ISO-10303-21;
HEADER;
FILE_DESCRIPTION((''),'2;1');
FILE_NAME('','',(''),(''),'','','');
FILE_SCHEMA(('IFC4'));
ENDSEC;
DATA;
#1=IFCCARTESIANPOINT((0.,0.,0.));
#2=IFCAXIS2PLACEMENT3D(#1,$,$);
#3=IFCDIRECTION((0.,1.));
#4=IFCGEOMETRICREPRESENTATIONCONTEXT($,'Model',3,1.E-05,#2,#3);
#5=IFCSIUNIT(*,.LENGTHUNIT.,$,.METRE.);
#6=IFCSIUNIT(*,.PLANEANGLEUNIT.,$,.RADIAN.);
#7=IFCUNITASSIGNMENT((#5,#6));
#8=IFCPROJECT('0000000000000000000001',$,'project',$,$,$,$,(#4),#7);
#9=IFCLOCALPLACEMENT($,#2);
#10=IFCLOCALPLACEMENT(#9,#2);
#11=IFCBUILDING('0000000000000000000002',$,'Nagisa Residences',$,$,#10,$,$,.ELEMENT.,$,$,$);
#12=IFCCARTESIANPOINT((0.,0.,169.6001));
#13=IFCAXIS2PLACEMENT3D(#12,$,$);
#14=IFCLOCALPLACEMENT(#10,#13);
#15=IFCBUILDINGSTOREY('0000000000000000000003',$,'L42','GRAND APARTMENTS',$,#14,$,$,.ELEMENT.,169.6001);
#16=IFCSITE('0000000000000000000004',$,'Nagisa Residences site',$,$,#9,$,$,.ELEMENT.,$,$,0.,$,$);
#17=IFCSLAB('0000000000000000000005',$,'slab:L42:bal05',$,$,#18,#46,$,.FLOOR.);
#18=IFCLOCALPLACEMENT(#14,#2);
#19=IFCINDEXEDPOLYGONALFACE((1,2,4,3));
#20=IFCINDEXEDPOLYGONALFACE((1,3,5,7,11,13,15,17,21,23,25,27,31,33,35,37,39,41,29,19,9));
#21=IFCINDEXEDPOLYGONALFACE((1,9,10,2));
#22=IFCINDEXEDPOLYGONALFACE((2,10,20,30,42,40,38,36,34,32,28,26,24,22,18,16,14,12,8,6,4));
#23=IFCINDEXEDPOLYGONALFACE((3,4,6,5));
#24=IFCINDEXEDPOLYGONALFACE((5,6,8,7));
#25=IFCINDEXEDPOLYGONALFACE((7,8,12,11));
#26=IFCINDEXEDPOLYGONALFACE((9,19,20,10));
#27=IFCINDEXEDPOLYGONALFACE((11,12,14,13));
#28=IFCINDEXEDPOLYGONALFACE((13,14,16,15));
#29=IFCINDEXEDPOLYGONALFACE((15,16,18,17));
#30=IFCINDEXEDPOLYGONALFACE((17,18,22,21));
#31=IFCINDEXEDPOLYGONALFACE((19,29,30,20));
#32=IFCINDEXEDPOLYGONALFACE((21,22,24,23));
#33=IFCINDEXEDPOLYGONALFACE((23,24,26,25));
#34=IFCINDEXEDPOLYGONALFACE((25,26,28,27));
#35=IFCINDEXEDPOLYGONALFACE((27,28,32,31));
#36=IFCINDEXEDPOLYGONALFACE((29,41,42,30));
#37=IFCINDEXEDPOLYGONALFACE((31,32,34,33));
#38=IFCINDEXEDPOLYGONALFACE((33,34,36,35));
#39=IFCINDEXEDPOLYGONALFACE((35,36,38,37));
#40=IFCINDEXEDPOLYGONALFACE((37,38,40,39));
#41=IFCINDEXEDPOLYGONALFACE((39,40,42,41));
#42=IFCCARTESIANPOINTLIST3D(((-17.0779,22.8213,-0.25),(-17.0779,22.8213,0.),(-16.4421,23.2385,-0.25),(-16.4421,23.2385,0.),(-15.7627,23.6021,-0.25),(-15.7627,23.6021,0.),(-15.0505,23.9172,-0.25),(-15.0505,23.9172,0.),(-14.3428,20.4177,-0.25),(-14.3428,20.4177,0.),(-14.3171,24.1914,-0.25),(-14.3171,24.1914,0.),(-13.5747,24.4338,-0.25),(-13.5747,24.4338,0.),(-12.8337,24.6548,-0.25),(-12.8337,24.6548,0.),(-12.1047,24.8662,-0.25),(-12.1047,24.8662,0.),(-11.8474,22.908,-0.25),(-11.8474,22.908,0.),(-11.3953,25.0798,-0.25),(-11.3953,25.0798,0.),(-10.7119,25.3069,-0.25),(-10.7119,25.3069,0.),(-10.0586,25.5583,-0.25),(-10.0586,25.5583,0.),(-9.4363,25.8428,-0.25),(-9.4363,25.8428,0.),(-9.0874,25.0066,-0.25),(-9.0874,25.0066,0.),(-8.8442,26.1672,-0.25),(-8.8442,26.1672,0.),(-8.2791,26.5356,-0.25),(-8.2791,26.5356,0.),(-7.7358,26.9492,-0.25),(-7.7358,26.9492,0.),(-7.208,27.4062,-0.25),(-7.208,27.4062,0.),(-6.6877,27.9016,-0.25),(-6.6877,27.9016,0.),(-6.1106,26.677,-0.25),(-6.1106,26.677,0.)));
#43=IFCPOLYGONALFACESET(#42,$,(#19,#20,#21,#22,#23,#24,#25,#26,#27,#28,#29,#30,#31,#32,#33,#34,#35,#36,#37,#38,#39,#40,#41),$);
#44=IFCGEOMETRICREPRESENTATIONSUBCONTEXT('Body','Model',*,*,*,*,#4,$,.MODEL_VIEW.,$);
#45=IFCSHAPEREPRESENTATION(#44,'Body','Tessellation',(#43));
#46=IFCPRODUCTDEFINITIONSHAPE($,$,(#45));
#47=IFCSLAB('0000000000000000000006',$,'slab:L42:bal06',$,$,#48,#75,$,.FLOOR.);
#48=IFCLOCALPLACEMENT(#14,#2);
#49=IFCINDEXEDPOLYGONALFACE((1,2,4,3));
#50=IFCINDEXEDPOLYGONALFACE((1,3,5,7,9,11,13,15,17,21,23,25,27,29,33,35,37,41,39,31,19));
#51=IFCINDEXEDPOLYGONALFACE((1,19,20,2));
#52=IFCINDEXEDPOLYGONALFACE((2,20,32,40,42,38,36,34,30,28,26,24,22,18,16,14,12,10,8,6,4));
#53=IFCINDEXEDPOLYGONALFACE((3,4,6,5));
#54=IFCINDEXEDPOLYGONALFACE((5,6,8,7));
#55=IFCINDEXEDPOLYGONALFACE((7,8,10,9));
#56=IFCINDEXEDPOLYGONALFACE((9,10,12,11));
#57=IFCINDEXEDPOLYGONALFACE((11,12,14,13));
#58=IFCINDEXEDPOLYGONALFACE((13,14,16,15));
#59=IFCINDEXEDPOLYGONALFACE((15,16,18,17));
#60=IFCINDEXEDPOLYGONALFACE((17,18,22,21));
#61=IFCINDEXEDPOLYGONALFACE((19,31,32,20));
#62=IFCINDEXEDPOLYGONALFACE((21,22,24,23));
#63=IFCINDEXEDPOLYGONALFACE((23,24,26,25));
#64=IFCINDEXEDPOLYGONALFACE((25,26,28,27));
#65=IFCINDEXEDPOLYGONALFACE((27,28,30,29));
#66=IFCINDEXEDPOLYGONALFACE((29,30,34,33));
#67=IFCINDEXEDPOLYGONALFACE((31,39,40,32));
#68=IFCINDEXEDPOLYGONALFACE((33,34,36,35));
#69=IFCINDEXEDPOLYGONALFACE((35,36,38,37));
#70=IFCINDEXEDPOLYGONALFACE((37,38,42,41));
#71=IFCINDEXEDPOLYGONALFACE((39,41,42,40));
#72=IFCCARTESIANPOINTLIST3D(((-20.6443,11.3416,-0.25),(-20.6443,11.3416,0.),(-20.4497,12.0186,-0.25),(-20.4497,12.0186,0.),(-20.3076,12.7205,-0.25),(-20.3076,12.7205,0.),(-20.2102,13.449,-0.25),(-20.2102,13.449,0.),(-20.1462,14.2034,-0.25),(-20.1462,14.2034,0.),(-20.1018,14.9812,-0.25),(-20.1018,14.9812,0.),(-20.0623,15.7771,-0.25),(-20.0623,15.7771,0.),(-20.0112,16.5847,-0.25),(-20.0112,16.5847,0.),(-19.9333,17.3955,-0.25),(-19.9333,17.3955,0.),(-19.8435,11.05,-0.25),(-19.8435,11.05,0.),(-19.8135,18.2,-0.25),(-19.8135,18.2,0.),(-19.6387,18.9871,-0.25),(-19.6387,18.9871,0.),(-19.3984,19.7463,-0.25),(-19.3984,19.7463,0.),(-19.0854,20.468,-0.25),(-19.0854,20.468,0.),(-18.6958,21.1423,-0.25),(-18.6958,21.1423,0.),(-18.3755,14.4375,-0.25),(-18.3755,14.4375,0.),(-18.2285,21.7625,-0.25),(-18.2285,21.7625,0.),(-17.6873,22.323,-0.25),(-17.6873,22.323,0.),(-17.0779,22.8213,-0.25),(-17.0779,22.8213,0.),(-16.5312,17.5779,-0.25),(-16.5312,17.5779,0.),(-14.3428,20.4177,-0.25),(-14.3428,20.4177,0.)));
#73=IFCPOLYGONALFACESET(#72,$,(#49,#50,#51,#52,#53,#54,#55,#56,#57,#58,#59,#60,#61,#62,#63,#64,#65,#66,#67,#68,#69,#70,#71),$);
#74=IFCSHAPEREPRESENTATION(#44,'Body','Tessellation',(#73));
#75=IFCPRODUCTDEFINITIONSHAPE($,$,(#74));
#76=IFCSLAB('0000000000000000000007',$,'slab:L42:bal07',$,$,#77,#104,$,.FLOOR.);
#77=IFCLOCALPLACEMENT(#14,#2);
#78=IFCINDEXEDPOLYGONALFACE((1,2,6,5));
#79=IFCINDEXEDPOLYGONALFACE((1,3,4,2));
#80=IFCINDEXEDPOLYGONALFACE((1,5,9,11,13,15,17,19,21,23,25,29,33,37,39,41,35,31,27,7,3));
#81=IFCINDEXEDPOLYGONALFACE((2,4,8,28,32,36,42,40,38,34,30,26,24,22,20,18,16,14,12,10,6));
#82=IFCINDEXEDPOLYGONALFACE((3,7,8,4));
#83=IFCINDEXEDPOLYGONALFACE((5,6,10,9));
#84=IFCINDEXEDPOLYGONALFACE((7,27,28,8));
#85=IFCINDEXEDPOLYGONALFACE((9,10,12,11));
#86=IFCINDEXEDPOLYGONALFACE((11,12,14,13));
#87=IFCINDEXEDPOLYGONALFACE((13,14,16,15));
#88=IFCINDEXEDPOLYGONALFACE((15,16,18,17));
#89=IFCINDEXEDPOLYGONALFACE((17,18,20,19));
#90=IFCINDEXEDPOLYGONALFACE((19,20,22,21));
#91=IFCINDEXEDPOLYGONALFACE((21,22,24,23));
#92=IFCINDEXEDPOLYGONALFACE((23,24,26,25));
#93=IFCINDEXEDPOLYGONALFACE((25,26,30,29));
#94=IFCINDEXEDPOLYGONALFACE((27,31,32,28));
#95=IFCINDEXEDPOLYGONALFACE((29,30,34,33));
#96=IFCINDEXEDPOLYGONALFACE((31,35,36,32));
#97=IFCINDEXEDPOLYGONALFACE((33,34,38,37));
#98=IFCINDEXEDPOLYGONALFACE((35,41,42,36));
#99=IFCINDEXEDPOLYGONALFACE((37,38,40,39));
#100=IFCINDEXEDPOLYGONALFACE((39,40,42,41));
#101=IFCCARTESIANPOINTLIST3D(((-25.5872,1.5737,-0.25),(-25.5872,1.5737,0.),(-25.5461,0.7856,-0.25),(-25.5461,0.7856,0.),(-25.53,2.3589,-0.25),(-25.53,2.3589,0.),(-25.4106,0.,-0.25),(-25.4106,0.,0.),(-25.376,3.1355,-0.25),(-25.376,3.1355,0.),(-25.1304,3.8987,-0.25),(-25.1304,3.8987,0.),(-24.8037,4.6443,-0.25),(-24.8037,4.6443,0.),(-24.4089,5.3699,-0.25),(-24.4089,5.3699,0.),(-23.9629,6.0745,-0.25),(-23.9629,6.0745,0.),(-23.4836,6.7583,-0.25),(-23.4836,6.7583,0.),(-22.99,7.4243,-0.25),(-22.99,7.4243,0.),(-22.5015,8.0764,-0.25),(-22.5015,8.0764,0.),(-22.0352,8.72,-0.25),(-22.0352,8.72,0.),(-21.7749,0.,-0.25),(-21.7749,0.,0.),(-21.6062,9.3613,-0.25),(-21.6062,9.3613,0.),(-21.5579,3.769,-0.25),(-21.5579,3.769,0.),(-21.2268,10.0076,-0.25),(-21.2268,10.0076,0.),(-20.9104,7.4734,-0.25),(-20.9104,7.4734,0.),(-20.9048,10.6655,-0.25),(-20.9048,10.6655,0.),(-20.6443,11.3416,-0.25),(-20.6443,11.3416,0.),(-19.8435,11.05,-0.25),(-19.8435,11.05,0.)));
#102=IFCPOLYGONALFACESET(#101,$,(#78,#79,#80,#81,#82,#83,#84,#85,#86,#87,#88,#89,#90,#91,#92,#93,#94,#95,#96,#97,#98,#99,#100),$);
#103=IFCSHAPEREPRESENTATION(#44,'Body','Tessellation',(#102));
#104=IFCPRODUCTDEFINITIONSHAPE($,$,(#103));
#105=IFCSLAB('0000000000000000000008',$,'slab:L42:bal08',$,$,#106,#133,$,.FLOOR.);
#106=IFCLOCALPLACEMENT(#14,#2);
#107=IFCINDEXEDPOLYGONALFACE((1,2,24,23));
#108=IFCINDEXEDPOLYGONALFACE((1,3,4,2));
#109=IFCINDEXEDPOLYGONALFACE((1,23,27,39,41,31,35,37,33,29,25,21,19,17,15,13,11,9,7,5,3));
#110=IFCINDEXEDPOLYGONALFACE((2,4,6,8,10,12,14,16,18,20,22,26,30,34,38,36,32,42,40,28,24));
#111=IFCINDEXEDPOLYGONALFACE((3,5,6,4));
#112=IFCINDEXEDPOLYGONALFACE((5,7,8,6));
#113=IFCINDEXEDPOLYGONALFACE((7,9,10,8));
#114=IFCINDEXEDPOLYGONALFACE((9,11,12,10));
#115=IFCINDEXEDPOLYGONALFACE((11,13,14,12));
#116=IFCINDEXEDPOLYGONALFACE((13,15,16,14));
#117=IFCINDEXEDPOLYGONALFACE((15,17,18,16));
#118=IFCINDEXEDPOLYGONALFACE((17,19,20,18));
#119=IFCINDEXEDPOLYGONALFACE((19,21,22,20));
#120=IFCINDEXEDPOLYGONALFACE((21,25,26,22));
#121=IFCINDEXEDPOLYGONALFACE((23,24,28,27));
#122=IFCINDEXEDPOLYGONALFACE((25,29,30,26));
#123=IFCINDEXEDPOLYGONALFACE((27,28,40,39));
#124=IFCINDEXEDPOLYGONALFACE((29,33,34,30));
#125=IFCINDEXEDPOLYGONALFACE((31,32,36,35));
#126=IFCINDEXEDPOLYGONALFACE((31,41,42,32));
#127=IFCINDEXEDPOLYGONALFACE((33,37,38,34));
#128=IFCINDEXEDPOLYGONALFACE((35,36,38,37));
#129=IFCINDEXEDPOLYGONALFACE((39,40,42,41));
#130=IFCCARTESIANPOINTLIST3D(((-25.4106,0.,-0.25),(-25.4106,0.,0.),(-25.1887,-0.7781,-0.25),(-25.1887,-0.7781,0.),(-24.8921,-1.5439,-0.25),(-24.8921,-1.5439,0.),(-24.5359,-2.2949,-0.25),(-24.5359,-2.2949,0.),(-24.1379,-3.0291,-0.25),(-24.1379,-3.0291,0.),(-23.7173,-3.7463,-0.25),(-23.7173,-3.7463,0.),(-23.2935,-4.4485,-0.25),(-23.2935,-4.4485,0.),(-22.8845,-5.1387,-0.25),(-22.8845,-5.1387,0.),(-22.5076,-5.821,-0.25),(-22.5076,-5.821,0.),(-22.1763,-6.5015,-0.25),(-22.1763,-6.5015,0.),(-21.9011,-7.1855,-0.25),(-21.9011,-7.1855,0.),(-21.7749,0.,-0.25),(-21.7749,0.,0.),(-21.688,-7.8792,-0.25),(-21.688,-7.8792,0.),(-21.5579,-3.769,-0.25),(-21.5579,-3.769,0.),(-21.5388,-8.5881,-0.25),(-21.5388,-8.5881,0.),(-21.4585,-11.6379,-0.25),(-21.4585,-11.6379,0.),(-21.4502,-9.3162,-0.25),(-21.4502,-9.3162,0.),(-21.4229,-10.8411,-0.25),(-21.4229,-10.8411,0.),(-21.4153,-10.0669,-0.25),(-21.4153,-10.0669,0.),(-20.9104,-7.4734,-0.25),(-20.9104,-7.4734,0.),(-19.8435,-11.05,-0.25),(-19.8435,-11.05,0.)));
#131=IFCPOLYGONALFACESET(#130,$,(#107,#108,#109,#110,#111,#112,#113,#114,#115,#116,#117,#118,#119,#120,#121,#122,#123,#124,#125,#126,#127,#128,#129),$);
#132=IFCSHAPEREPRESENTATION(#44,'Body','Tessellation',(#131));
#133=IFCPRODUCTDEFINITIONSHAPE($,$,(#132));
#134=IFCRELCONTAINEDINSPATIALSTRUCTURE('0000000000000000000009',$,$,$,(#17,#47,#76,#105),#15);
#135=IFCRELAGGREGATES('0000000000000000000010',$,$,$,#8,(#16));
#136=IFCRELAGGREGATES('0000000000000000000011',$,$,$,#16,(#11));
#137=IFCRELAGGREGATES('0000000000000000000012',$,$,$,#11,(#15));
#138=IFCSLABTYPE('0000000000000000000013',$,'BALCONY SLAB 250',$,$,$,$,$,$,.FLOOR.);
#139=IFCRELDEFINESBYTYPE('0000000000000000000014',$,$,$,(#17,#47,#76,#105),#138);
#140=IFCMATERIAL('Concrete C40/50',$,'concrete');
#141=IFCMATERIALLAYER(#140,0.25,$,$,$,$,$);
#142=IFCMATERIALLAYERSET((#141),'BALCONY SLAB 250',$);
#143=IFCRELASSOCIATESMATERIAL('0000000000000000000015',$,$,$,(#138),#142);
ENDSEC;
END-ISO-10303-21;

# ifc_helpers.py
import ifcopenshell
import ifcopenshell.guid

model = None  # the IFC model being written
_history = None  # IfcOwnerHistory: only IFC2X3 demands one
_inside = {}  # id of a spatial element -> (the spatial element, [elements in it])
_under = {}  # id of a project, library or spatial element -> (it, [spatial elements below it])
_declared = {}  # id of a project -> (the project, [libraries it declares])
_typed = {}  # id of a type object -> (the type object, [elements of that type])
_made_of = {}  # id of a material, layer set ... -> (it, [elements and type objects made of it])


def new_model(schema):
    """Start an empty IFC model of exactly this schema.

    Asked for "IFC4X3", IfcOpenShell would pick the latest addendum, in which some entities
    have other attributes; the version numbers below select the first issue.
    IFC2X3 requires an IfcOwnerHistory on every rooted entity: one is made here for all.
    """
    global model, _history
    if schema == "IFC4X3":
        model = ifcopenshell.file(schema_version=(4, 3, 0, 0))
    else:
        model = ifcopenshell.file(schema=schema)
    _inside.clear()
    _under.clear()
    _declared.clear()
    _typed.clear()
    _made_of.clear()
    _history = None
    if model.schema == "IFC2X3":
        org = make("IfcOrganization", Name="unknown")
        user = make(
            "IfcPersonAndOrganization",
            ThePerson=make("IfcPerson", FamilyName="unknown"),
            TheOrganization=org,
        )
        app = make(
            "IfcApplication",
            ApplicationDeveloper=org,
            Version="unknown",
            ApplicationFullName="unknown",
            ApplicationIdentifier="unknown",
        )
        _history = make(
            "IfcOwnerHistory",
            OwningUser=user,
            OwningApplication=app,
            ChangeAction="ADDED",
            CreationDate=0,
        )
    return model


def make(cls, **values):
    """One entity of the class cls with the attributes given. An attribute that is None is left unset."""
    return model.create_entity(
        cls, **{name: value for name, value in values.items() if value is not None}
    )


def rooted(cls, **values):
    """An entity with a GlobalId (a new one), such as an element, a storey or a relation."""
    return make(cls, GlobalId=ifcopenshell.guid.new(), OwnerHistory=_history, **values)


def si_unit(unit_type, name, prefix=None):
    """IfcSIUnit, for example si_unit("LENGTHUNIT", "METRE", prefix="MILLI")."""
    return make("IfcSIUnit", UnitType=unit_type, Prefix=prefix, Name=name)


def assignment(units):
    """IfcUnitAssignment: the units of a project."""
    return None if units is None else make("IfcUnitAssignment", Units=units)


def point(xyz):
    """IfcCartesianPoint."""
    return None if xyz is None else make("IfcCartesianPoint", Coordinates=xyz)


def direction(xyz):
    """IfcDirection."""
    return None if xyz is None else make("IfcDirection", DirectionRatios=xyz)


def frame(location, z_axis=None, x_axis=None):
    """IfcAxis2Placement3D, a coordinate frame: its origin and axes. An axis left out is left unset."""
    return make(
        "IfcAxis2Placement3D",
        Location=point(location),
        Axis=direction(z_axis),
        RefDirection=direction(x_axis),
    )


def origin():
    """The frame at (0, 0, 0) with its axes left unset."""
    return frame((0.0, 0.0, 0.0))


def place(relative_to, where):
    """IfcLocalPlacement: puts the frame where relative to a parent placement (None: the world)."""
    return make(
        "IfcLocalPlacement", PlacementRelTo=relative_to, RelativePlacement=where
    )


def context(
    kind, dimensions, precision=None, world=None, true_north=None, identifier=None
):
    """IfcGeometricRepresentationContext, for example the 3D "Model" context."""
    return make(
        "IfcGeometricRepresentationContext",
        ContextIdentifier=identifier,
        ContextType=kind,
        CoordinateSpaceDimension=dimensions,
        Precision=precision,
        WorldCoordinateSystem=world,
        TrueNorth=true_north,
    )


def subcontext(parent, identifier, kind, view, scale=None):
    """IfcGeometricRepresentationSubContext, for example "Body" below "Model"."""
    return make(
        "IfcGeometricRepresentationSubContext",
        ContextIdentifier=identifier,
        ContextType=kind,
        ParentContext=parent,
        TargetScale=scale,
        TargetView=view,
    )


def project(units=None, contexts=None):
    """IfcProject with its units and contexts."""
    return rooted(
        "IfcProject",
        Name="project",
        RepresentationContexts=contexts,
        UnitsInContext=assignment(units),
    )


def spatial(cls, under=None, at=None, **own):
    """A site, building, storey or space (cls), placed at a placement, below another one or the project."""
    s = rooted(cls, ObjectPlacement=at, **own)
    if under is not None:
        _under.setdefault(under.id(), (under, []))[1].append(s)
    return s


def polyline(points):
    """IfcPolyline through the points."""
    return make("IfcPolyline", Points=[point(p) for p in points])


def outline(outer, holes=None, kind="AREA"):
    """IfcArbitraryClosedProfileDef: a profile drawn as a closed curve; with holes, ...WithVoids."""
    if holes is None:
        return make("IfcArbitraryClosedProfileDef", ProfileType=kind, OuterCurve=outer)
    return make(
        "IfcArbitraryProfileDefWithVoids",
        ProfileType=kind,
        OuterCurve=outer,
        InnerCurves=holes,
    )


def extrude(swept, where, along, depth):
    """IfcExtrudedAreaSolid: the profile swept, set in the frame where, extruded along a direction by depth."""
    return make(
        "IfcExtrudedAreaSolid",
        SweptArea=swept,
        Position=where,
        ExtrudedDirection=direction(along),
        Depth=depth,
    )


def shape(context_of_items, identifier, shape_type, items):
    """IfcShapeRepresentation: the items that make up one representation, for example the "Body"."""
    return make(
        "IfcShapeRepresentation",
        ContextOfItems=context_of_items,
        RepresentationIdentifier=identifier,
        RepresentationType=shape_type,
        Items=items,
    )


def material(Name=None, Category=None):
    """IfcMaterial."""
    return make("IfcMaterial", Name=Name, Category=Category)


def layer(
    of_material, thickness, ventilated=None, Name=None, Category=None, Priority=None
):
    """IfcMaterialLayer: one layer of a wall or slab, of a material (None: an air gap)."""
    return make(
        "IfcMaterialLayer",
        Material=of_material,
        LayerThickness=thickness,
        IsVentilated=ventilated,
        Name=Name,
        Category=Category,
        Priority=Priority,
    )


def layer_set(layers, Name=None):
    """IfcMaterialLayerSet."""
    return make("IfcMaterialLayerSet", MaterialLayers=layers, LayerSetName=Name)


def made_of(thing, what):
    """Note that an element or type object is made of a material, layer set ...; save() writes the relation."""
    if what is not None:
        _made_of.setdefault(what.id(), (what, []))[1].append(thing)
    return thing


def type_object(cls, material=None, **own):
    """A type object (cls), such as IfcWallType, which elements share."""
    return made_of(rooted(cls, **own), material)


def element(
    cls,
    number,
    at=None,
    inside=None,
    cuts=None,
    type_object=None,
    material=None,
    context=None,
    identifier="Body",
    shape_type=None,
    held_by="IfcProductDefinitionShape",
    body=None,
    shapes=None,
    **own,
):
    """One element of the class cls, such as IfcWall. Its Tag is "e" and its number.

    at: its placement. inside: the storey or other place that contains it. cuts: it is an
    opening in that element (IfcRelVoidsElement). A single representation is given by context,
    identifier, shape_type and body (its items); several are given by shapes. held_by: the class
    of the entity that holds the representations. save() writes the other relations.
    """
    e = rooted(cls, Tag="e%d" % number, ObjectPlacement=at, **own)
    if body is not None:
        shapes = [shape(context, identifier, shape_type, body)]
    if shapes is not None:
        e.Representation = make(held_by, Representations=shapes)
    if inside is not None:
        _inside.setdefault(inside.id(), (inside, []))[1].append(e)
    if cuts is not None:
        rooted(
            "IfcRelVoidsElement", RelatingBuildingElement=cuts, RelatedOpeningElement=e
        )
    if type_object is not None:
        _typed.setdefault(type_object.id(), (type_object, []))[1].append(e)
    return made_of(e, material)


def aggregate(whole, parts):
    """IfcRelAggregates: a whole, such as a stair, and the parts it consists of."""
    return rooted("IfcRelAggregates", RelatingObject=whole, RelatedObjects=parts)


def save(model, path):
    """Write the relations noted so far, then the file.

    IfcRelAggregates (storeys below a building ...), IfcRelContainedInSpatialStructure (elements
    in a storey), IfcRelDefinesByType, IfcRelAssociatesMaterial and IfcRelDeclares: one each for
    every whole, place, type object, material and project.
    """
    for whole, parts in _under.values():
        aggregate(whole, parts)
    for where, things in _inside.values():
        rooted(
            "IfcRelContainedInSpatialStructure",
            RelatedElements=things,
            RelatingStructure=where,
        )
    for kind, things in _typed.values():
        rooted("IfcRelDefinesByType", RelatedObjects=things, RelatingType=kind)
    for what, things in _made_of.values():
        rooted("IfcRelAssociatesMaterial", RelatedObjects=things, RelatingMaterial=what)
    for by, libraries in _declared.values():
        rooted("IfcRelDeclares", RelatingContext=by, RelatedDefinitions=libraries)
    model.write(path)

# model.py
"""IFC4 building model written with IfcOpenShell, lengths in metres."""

from ifc_helpers import new_model, si_unit, direction, frame, origin, place, context, subcontext, project, spatial, polyline, outline, extrude, material, layer, layer_set, type_object, element, save


model = new_model("IFC4")

# Units and contexts
model_context = context("Model", 3, precision=1e-05, world=origin(), true_north=direction((0.0, 1.0)))
body_context = subcontext(model_context, "Body", "Model", "MODEL_VIEW")
ifc_project = project(units=[si_unit("LENGTHUNIT", "METRE"), si_unit("PLANEANGLEUNIT", "RADIAN")], contexts=[model_context])

# Site, building, storey
site_placement = place(None, origin())
site = spatial("IfcSite", under=ifc_project, at=site_placement, Name="Nagisa Residences site", CompositionType="ELEMENT", RefElevation=0.0)
building_placement = place(site_placement, origin())
building = spatial("IfcBuilding", under=site, at=building_placement, Name="Nagisa Residences", CompositionType="ELEMENT")
storey_placement = place(building_placement, frame((0.0, 0.0, 169.6001)))
storey = spatial("IfcBuildingStorey", under=building, at=storey_placement, Name="L42", Description="GRAND APARTMENTS", CompositionType="ELEMENT", Elevation=169.6001)

# Slabs
ifc_material_1 = material(Name="Concrete C40/50", Category="concrete")
ifc_layer_1 = layer(ifc_material_1, 0.25)
ifc_layer_set_1 = layer_set([ifc_layer_1], Name="BALCONY SLAB 250")
slab_type_1 = type_object("IfcSlabType", Name="BALCONY SLAB 250", PredefinedType="FLOOR", material=ifc_layer_set_1)
slab_1_placement = place(storey_placement, frame((0.0, 0.0, -0.25)))
element("IfcSlab", 1, at=slab_1_placement, inside=storey, type_object=slab_type_1, Name="slab:L42:bal05", PredefinedType="FLOOR", context=body_context, shape_type="SweptSolid", body=[
    extrude(outline(polyline([(-6.6877, 27.9016), (-7.208, 27.4062), (-7.7358, 26.9492), (-8.2791, 26.5356), (-8.8442, 26.1672), (-9.4363, 25.8428), (-10.0586, 25.5583), (-10.7119, 25.3069), (-11.3953, 25.0798), (-12.1047, 24.8662), (-12.8337, 24.6548), (-13.5747, 24.4338), (-14.3171, 24.1914), (-15.0505, 23.9172), (-15.7627, 23.6021), (-16.4421, 23.2385), (-17.0779, 22.8213), (-14.3428, 20.4177), (-11.8474, 22.908), (-9.0874, 25.0066), (-6.1106, 26.677), (-6.6877, 27.9016)])), origin(), (0.0, 0.0, 1.0), 0.25),
])
slab_2_placement = place(storey_placement, frame((0.0, 0.0, -0.25)))
element("IfcSlab", 2, at=slab_2_placement, inside=storey, type_object=slab_type_1, Name="slab:L42:bal06", PredefinedType="FLOOR", context=body_context, shape_type="SweptSolid", body=[
    extrude(outline(polyline([(-17.0779, 22.8213), (-17.6873, 22.323), (-18.2285, 21.7625), (-18.6958, 21.1423), (-19.0854, 20.468), (-19.3984, 19.7463), (-19.6387, 18.9871), (-19.8135, 18.2), (-19.9333, 17.3955), (-20.0112, 16.5847), (-20.0623, 15.7771), (-20.1018, 14.9812), (-20.1462, 14.2034), (-20.2102, 13.449), (-20.3076, 12.7205), (-20.4497, 12.0186), (-20.6443, 11.3416), (-19.8435, 11.05), (-18.3755, 14.4375), (-16.5312, 17.5779), (-14.3428, 20.4177), (-17.0779, 22.8213)])), origin(), (0.0, 0.0, 1.0), 0.25),
])
slab_3_placement = place(storey_placement, frame((0.0, 0.0, -0.25)))
element("IfcSlab", 3, at=slab_3_placement, inside=storey, type_object=slab_type_1, Name="slab:L42:bal07", PredefinedType="FLOOR", context=body_context, shape_type="SweptSolid", body=[
    extrude(outline(polyline([(-20.6443, 11.3416), (-20.9048, 10.6655), (-21.2268, 10.0076), (-21.6062, 9.3613), (-22.0352, 8.72), (-22.5015, 8.0764), (-22.99, 7.4243), (-23.4836, 6.7583), (-23.9629, 6.0745), (-24.4089, 5.3699), (-24.8037, 4.6443), (-25.1304, 3.8987), (-25.376, 3.1355), (-25.53, 2.3589), (-25.5872, 1.5737), (-25.5461, 0.7856), (-25.4106, 0.0), (-21.7749, 0.0), (-21.5579, 3.769), (-20.9104, 7.4734), (-19.8435, 11.05), (-20.6443, 11.3416)])), origin(), (0.0, 0.0, 1.0), 0.25),
])
slab_4_placement = place(storey_placement, frame((0.0, 0.0, -0.25)))
element("IfcSlab", 4, at=slab_4_placement, inside=storey, type_object=slab_type_1, Name="slab:L42:bal08", PredefinedType="FLOOR", context=body_context, shape_type="SweptSolid", body=[
    extrude(outline(polyline([(-25.4106, 0.0), (-25.1887, -0.7781), (-24.8921, -1.5439), (-24.5359, -2.2949), (-24.1379, -3.0291), (-23.7173, -3.7463), (-23.2935, -4.4485), (-22.8845, -5.1387), (-22.5076, -5.821), (-22.1763, -6.5015), (-21.9011, -7.1855), (-21.688, -7.8792), (-21.5388, -8.5881), (-21.4502, -9.3162), (-21.4153, -10.0669), (-21.4229, -10.8411), (-21.4585, -11.6379), (-19.8435, -11.05), (-20.9104, -7.4734), (-21.5579, -3.769), (-21.7749, 0.0), (-25.4106, 0.0)])), origin(), (0.0, 0.0, 1.0), 0.25),
])

save(model, "model.ifc")
